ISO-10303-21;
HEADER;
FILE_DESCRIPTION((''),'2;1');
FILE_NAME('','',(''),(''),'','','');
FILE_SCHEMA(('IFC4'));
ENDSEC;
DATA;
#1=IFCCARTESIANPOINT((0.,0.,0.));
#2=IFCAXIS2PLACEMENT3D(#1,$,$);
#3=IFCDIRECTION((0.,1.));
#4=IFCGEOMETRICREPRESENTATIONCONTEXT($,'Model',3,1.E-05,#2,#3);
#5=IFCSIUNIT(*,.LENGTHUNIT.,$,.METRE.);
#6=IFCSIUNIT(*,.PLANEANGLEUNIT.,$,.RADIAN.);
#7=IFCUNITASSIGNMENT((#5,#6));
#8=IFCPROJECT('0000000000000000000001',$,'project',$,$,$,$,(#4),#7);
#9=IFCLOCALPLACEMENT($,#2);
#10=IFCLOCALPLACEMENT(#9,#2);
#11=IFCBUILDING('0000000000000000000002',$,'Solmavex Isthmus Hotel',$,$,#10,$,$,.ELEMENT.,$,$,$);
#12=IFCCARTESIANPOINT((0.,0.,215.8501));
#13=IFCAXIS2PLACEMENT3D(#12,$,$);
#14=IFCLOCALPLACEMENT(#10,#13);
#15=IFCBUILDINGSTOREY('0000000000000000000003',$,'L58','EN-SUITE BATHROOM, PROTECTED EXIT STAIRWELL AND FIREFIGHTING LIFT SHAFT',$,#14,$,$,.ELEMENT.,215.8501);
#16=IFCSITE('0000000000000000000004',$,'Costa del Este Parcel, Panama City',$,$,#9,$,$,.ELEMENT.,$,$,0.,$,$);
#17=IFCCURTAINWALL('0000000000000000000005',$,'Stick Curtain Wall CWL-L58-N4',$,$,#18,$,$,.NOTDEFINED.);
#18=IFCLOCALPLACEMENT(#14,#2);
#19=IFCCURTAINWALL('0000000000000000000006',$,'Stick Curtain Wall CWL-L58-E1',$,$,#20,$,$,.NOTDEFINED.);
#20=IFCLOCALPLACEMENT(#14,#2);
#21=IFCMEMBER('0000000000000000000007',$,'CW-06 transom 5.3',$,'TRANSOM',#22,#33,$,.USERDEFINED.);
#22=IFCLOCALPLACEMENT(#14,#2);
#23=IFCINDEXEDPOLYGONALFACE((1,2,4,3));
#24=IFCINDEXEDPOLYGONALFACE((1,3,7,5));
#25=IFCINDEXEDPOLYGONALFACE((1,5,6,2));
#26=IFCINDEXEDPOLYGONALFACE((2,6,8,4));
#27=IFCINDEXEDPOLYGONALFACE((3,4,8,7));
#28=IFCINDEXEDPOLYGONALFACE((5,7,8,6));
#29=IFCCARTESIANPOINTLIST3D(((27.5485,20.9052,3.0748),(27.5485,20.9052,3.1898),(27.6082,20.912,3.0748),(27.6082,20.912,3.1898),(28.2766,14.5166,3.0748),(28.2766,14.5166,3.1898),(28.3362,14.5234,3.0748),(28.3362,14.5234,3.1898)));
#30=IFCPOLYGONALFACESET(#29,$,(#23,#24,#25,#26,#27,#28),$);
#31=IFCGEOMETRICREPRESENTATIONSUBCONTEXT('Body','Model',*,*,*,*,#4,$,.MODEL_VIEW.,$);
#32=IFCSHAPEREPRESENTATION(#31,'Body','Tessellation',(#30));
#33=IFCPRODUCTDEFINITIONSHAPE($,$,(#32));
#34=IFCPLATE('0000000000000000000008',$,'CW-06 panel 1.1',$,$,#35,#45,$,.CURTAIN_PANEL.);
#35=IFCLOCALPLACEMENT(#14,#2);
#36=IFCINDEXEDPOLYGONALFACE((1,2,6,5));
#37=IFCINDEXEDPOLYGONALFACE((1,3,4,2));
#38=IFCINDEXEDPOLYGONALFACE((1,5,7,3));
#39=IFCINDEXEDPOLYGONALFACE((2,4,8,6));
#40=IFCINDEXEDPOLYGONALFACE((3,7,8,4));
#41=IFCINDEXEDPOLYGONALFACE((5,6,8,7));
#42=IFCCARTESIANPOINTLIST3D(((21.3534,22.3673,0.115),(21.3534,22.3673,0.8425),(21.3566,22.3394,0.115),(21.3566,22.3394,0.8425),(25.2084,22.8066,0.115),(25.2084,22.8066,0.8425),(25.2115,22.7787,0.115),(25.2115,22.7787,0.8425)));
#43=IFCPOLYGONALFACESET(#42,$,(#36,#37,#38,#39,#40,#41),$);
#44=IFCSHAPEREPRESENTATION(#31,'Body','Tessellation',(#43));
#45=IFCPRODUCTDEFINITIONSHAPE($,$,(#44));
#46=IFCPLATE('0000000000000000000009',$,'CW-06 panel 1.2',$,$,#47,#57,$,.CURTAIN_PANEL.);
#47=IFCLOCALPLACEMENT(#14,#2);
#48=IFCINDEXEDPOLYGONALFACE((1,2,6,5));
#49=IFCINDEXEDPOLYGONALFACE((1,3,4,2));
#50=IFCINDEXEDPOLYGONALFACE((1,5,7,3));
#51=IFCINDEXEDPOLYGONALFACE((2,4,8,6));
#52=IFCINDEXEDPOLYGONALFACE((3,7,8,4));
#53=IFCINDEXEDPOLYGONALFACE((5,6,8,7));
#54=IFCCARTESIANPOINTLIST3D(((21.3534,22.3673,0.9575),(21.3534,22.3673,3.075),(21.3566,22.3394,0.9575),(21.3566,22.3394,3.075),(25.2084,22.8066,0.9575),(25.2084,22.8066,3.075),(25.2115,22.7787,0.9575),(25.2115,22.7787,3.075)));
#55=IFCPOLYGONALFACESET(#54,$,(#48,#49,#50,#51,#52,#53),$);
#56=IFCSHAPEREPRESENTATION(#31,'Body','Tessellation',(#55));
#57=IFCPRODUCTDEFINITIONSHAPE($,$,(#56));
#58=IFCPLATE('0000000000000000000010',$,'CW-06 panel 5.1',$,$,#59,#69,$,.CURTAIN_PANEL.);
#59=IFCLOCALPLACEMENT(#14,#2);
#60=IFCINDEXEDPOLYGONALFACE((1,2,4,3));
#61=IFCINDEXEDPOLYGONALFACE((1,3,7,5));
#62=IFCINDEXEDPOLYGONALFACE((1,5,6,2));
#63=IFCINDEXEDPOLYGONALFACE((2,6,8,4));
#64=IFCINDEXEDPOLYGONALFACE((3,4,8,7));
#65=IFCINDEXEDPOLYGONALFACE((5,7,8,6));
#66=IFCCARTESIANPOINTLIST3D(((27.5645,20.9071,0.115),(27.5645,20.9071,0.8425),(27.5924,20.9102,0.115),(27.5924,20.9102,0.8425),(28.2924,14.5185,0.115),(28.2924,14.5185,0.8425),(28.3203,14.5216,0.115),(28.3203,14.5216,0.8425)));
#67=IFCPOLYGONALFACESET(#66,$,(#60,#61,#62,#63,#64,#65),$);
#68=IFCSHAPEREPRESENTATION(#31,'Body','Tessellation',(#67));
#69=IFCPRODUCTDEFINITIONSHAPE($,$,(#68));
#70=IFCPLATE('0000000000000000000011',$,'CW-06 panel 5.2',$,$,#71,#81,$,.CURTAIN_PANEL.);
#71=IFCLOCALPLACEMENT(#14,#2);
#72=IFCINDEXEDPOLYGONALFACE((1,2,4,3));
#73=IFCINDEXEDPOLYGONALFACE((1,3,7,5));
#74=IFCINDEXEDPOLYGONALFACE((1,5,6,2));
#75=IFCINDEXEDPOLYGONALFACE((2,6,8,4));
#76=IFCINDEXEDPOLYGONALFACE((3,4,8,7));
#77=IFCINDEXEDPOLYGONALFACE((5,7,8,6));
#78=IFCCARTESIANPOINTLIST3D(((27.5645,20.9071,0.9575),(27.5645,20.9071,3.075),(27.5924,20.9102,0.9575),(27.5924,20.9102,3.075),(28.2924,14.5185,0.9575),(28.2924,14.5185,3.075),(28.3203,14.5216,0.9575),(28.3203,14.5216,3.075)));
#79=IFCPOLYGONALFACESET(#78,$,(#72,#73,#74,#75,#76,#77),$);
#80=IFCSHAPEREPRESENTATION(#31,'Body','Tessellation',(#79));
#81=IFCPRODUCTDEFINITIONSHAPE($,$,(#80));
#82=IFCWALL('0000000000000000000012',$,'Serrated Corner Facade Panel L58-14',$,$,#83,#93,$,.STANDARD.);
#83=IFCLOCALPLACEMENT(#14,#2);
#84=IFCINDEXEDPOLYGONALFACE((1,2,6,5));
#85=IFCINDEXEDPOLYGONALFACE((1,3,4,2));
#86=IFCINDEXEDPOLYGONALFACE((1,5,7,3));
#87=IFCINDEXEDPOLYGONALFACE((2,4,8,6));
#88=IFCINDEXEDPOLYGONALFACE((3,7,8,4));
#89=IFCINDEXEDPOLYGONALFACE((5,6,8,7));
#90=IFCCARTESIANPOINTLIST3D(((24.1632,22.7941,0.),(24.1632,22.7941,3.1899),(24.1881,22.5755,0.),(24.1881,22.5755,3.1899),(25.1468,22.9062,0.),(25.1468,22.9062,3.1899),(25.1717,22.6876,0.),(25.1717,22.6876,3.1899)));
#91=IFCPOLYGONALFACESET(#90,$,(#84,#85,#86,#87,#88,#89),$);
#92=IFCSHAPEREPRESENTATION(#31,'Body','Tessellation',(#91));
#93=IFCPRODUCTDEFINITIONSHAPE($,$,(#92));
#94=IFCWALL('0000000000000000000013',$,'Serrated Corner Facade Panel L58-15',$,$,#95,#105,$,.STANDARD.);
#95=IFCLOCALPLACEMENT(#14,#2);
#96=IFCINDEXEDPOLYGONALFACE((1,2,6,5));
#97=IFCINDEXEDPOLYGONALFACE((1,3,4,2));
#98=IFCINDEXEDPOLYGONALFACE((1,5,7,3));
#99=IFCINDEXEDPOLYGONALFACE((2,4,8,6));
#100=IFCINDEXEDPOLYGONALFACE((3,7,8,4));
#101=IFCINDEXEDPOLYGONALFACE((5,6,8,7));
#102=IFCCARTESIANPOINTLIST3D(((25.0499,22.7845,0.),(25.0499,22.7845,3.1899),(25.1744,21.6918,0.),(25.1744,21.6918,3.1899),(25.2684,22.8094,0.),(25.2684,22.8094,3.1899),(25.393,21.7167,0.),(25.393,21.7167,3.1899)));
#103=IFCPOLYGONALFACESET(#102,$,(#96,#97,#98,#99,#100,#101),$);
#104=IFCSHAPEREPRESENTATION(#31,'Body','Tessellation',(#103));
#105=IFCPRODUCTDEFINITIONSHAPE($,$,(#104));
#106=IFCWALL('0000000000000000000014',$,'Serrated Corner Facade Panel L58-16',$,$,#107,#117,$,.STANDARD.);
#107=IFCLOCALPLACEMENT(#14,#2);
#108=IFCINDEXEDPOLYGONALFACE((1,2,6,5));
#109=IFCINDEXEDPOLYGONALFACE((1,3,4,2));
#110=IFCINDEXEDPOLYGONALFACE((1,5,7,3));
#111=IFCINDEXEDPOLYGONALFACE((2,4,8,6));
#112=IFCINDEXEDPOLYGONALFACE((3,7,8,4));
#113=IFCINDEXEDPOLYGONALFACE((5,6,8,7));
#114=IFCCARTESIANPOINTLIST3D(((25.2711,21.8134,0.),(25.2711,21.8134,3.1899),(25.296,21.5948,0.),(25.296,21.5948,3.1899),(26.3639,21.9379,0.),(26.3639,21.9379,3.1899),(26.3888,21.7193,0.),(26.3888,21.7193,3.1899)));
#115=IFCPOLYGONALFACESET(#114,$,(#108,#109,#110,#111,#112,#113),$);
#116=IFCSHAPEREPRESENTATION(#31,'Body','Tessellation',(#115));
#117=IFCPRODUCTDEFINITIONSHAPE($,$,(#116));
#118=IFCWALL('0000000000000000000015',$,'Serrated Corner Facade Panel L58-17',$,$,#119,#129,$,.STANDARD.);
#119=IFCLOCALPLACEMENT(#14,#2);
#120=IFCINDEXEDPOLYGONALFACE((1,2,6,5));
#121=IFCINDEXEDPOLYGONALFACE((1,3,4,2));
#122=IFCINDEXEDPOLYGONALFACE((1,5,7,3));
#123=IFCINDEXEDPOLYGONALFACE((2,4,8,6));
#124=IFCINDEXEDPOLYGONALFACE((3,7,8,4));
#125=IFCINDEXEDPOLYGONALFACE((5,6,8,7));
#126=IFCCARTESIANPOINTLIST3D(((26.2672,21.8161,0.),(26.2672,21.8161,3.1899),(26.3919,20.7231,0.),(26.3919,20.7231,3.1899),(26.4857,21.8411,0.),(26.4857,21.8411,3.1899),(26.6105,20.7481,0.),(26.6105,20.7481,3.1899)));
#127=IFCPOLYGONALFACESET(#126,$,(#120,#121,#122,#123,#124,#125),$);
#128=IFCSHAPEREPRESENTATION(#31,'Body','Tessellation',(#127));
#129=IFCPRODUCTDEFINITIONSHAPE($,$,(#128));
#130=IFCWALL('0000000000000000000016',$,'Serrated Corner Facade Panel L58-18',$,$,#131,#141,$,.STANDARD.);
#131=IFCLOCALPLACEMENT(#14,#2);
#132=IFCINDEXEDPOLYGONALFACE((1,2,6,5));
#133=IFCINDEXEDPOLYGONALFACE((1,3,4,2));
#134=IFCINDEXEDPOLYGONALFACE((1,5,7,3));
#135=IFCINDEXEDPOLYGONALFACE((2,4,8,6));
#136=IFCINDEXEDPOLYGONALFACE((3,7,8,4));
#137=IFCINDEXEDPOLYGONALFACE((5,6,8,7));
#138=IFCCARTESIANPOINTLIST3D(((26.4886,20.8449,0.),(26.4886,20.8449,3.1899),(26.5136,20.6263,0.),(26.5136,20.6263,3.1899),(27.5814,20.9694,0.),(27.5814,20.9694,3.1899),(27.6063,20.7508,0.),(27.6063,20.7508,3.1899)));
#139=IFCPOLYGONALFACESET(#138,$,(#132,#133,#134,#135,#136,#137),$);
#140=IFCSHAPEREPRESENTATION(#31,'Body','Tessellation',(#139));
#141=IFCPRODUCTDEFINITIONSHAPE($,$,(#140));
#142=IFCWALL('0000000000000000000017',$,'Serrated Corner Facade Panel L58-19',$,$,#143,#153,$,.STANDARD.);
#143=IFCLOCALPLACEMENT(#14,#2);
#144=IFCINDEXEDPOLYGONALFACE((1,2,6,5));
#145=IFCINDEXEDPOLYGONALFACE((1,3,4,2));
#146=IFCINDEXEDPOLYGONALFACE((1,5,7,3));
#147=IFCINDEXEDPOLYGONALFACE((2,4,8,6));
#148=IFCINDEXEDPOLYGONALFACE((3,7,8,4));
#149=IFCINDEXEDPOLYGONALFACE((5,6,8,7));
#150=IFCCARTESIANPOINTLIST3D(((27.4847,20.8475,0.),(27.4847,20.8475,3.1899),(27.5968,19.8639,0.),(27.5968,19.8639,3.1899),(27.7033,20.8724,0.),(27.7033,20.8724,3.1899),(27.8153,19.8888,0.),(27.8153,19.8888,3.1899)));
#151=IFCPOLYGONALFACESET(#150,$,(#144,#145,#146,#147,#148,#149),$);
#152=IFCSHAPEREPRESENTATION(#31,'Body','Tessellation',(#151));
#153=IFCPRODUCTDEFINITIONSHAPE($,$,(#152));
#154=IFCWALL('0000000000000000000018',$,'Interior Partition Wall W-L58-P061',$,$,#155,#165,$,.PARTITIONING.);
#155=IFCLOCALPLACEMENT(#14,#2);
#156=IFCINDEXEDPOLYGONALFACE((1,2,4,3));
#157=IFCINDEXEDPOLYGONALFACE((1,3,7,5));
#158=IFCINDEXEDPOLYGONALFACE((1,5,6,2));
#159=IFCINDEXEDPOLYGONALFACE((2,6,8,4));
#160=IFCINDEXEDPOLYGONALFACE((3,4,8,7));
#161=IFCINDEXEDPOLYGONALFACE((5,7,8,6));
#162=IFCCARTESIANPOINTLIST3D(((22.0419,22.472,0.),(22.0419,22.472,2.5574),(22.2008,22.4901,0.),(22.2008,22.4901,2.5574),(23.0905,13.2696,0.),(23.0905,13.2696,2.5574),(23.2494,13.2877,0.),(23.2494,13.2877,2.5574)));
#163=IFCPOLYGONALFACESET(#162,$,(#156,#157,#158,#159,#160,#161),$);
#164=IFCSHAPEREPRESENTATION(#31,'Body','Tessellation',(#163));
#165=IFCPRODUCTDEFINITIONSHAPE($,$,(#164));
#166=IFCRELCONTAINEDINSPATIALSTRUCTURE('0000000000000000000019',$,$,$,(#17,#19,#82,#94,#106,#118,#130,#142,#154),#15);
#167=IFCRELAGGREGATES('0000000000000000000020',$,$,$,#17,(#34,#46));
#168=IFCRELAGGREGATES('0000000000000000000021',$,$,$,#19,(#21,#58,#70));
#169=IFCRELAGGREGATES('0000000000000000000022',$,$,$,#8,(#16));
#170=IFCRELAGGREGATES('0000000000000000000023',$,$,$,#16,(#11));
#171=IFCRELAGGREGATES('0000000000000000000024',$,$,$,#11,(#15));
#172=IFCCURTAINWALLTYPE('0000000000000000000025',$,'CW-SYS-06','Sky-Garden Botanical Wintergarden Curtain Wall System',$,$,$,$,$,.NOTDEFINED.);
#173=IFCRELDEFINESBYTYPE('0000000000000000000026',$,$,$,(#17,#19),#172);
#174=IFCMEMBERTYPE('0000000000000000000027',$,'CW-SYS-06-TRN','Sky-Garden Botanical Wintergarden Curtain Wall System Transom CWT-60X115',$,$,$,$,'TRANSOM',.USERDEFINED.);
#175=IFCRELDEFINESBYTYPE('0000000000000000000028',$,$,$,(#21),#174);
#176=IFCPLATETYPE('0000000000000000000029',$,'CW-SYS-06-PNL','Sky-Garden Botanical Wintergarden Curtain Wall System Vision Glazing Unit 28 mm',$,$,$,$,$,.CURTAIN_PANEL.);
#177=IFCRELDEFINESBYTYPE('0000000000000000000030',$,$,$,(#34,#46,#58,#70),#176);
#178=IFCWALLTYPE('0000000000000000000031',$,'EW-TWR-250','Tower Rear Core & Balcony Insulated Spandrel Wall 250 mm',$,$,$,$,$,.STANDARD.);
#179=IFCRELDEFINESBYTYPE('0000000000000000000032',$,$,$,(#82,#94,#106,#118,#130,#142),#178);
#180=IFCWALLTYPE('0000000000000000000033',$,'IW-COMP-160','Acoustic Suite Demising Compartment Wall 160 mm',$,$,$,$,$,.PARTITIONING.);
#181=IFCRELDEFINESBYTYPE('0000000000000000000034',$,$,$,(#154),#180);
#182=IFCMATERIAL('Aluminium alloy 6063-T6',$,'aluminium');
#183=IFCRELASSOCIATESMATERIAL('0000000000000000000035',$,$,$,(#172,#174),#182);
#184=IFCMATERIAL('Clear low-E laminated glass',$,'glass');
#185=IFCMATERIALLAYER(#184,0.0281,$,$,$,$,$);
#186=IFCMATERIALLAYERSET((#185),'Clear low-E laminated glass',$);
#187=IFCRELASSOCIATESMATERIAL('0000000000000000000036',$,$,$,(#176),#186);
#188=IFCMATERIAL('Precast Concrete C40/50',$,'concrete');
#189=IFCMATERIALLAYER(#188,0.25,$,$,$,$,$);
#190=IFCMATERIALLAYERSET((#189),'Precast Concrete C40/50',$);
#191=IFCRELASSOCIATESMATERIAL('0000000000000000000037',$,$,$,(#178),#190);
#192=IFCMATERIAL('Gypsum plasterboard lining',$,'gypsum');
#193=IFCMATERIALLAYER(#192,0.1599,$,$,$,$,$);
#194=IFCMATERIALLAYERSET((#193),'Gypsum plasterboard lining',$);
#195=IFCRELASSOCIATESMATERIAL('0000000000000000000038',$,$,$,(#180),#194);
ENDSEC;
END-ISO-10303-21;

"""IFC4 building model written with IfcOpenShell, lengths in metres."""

from ifc_helpers import new_model, si_unit, direction, frame, frame_2d, origin, origin_2d, place, context, subcontext, project, spatial, rectangle, extrude, material, layer, layer_set, material_profile, profile_set, type_object, element, aggregate, save


model = new_model("IFC4")

# Units and contexts
model_context = context("Model", 3, precision=1e-05, world=origin(), true_north=direction((0.0, 1.0)))
body_context = subcontext(model_context, "Body", "Model", "MODEL_VIEW")
ifc_project = project(units=[si_unit("LENGTHUNIT", "METRE"), si_unit("PLANEANGLEUNIT", "RADIAN")], contexts=[model_context])

# Site, building, storey
site_placement = place(None, origin())
site = spatial("IfcSite", under=ifc_project, at=site_placement, Name="Costa del Este Parcel, Panama City", CompositionType="ELEMENT", RefElevation=0.0)
building_placement = place(site_placement, origin())
building = spatial("IfcBuilding", under=site, at=building_placement, Name="Solmavex Isthmus Hotel", CompositionType="ELEMENT")
storey_placement = place(building_placement, frame((0.0, 0.0, 215.8501)))
storey = spatial("IfcBuildingStorey", under=building, at=storey_placement, Name="L58", Description="EN-SUITE BATHROOM, PROTECTED EXIT STAIRWELL AND FIREFIGHTING LIFT SHAFT", CompositionType="ELEMENT", Elevation=215.8501)

# Shared definitions
ifc_material_1 = material(Name="Aluminium alloy 6063-T6", Category="aluminium")
curtain_wall_type = type_object("IfcCurtainWallType", Name="CW-SYS-06", Description="Sky-Garden Botanical Wintergarden Curtain Wall System", PredefinedType="NOTDEFINED", material=ifc_material_1)

# Curtain walls
curtain_wall_1_placement = place(storey_placement, origin())
curtain_wall_1 = element("IfcCurtainWall", 1, at=curtain_wall_1_placement, inside=storey, type_object=curtain_wall_type, Name="Stick Curtain Wall CWL-L58-N4", PredefinedType="NOTDEFINED")
curtain_wall_2_placement = place(storey_placement, origin())
curtain_wall_2 = element("IfcCurtainWall", 2, at=curtain_wall_2_placement, inside=storey, type_object=curtain_wall_type, Name="Stick Curtain Wall CWL-L58-E1", PredefinedType="NOTDEFINED")

# Member
ifc_material_profile_1 = material_profile(ifc_material_1, rectangle(XDim=0.0601, YDim=0.115, at=origin_2d()), Name="CWT-60X115")
ifc_profile_set_1 = profile_set([ifc_material_profile_1], Name="Aluminium alloy 6063-T6")
member_type_1 = type_object("IfcMemberType", Name="CW-SYS-06-TRN", Description="Sky-Garden Botanical Wintergarden Curtain Wall System Transom CWT-60X115", ElementType="TRANSOM", PredefinedType="USERDEFINED", material=ifc_profile_set_1)
member_1_placement = place(storey_placement, frame((28.3064, 14.52, 3.1323), z_axis=(-0.113223, 0.99357, 0.0), x_axis=(-0.99357, -0.113223, 0.0)))
member_1 = element("IfcMember", 3, at=member_1_placement, type_object=member_type_1, Name="CW-06 transom 5.3", ObjectType="TRANSOM", PredefinedType="USERDEFINED", context=body_context, shape_type="SweptSolid", body=[
    extrude(rectangle(XDim=0.0601, YDim=0.115, at=origin_2d()), origin(), (0.0, 0.0, 1.0), 6.4299),
])

# Plates
ifc_material_2 = material(Name="Clear low-E laminated glass", Category="glass")
ifc_layer_1 = layer(ifc_material_2, 0.0281)
ifc_layer_set_1 = layer_set([ifc_layer_1], Name="Clear low-E laminated glass")
plate_type = type_object("IfcPlateType", Name="CW-SYS-06-PNL", Description="Sky-Garden Botanical Wintergarden Curtain Wall System Vision Glazing Unit 28 mm", PredefinedType="CURTAIN_PANEL", material=ifc_layer_set_1)
plate_1_placement = place(storey_placement, frame((23.2825, 22.573, 0.115), z_axis=(0.0, 0.0, 1.0), x_axis=(0.993572, 0.113205, 0.0)))
plate_1 = element("IfcPlate", 4, at=plate_1_placement, type_object=plate_type, Name="CW-06 panel 1.1", PredefinedType="CURTAIN_PANEL", context=body_context, shape_type="SweptSolid", body=[
    extrude(rectangle(XDim=3.8799, YDim=0.0281, at=origin_2d()), origin(), (0.0, 0.0, 1.0), 0.7275),
])
plate_2_placement = place(storey_placement, frame((23.2825, 22.573, 0.9575), z_axis=(0.0, 0.0, 1.0), x_axis=(0.993572, 0.113205, 0.0)))
plate_2 = element("IfcPlate", 5, at=plate_2_placement, type_object=plate_type, Name="CW-06 panel 1.2", PredefinedType="CURTAIN_PANEL", context=body_context, shape_type="SweptSolid", body=[
    extrude(rectangle(XDim=3.8799, YDim=0.0281, at=origin_2d()), origin(), (0.0, 0.0, 1.0), 2.1174),
])
aggregate(curtain_wall_1, [plate_1, plate_2])
plate_3_placement = place(storey_placement, frame((27.9424, 17.7144, 0.115), z_axis=(0.0, 0.0, 1.0), x_axis=(-0.113203, 0.993572, 0.0)))
plate_3 = element("IfcPlate", 6, at=plate_3_placement, type_object=plate_type, Name="CW-06 panel 5.1", PredefinedType="CURTAIN_PANEL", context=body_context, shape_type="SweptSolid", body=[
    extrude(rectangle(XDim=6.4299, YDim=0.0281, at=origin_2d()), origin(), (0.0, 0.0, 1.0), 0.7275),
])
plate_4_placement = place(storey_placement, frame((27.9424, 17.7144, 0.9575), z_axis=(0.0, 0.0, 1.0), x_axis=(-0.113203, 0.993572, 0.0)))
plate_4 = element("IfcPlate", 7, at=plate_4_placement, type_object=plate_type, Name="CW-06 panel 5.2", PredefinedType="CURTAIN_PANEL", context=body_context, shape_type="SweptSolid", body=[
    extrude(rectangle(XDim=6.4299, YDim=0.0281, at=origin_2d()), origin(), (0.0, 0.0, 1.0), 2.1174),
])
aggregate(curtain_wall_2, [member_1, plate_3, plate_4])

# Shared definitions
ifc_material_3 = material(Name="Precast Concrete C40/50", Category="concrete")
ifc_layer_2 = layer(ifc_material_3, 0.25)
ifc_layer_set_2 = layer_set([ifc_layer_2], Name="Precast Concrete C40/50")
wall_type_1 = type_object("IfcWallType", Name="EW-TWR-250", Description="Tower Rear Core & Balcony Insulated Spandrel Wall 250 mm", PredefinedType="STANDARD", material=ifc_layer_set_2)

# Walls
wall_1_placement = place(storey_placement, frame((24.1755, 22.6848, 0.0), z_axis=(0.0, 0.0, 1.0), x_axis=(0.993573, 0.113192, 0.0)))
element("IfcWall", 8, at=wall_1_placement, inside=storey, type_object=wall_type_1, Name="Serrated Corner Facade Panel L58-14", PredefinedType="STANDARD", context=body_context, shape_type="SweptSolid", body=[
    extrude(rectangle(XDim=0.99, YDim=0.22, at=frame_2d((0.4951, 0.0))), origin(), (0.0, 0.0, 1.0), 3.1899),
])
for number, where, z_axis, x_axis, name in (
    (9, (25.1592, 22.7969, 0.0), (0.0, 0.0, 1.0), (0.113209, -0.993571, 0.0), "Serrated Corner Facade Panel L58-15"),
    (10, (25.2837, 21.7041, 0.0), (0.0, 0.0, 1.0), (0.993571, 0.113209, 0.0), "Serrated Corner Facade Panel L58-16"),
):
    element("IfcWall", number, at=place(storey_placement, frame(where, z_axis=z_axis, x_axis=x_axis)), inside=storey, type_object=wall_type_1, Name=name, PredefinedType="STANDARD", context=body_context, shape_type="SweptSolid", body=[
        extrude(rectangle(XDim=1.0999, YDim=0.22, at=frame_2d((0.5498, 0.0))), origin(), (0.0, 0.0, 1.0), 3.1899),
    ])
wall_2_placement = place(storey_placement, frame((26.3765, 21.8286, 0.0), z_axis=(0.0, 0.0, 1.0), x_axis=(0.113403, -0.993549, 0.0)))
element("IfcWall", 11, at=wall_2_placement, inside=storey, type_object=wall_type_1, Name="Serrated Corner Facade Panel L58-17", PredefinedType="STANDARD", context=body_context, shape_type="SweptSolid", body=[
    extrude(rectangle(XDim=1.1001, YDim=0.22, at=frame_2d((0.55, 0.0))), origin(), (0.0, 0.0, 1.0), 3.1899),
])
wall_3_placement = place(storey_placement, frame((26.5012, 20.7356, 0.0), z_axis=(0.0, 0.0, 1.0), x_axis=(0.993571, 0.113209, 0.0)))
element("IfcWall", 12, at=wall_3_placement, inside=storey, type_object=wall_type_1, Name="Serrated Corner Facade Panel L58-18", PredefinedType="STANDARD", context=body_context, shape_type="SweptSolid", body=[
    extrude(rectangle(XDim=1.0999, YDim=0.22, at=frame_2d((0.5498, 0.0))), origin(), (0.0, 0.0, 1.0), 3.1899),
])
wall_4_placement = place(storey_placement, frame((27.594, 20.8601, 0.0), z_axis=(0.0, 0.0, 1.0), x_axis=(0.113192, -0.993573, 0.0)))
element("IfcWall", 13, at=wall_4_placement, inside=storey, type_object=wall_type_1, Name="Serrated Corner Facade Panel L58-19", PredefinedType="STANDARD", context=body_context, shape_type="SweptSolid", body=[
    extrude(rectangle(XDim=0.99, YDim=0.22, at=frame_2d((0.4951, 0.0))), origin(), (0.0, 0.0, 1.0), 3.1899),
])

# Shared definitions
ifc_material_4 = material(Name="Gypsum plasterboard lining", Category="gypsum")
ifc_layer_3 = layer(ifc_material_4, 0.1599)
ifc_layer_set_3 = layer_set([ifc_layer_3], Name="Gypsum plasterboard lining")
wall_type_2 = type_object("IfcWallType", Name="IW-COMP-160", Description="Acoustic Suite Demising Compartment Wall 160 mm", PredefinedType="PARTITIONING", material=ifc_layer_set_3)

# Wall
wall_5_placement = place(storey_placement, frame((22.1213, 22.481, 0.0), z_axis=(0.0, 0.0, 1.0), x_axis=(0.113214, -0.993571, 0.0)))
element("IfcWall", 14, at=wall_5_placement, inside=storey, type_object=wall_type_2, Name="Interior Partition Wall W-L58-P061", PredefinedType="PARTITIONING", context=body_context, shape_type="SweptSolid", body=[
    extrude(rectangle(XDim=9.262, YDim=0.1599, at=frame_2d((4.6309, 0.0))), origin(), (0.0, 0.0, 1.0), 2.5574),
])

save(model, "model.ifc")
